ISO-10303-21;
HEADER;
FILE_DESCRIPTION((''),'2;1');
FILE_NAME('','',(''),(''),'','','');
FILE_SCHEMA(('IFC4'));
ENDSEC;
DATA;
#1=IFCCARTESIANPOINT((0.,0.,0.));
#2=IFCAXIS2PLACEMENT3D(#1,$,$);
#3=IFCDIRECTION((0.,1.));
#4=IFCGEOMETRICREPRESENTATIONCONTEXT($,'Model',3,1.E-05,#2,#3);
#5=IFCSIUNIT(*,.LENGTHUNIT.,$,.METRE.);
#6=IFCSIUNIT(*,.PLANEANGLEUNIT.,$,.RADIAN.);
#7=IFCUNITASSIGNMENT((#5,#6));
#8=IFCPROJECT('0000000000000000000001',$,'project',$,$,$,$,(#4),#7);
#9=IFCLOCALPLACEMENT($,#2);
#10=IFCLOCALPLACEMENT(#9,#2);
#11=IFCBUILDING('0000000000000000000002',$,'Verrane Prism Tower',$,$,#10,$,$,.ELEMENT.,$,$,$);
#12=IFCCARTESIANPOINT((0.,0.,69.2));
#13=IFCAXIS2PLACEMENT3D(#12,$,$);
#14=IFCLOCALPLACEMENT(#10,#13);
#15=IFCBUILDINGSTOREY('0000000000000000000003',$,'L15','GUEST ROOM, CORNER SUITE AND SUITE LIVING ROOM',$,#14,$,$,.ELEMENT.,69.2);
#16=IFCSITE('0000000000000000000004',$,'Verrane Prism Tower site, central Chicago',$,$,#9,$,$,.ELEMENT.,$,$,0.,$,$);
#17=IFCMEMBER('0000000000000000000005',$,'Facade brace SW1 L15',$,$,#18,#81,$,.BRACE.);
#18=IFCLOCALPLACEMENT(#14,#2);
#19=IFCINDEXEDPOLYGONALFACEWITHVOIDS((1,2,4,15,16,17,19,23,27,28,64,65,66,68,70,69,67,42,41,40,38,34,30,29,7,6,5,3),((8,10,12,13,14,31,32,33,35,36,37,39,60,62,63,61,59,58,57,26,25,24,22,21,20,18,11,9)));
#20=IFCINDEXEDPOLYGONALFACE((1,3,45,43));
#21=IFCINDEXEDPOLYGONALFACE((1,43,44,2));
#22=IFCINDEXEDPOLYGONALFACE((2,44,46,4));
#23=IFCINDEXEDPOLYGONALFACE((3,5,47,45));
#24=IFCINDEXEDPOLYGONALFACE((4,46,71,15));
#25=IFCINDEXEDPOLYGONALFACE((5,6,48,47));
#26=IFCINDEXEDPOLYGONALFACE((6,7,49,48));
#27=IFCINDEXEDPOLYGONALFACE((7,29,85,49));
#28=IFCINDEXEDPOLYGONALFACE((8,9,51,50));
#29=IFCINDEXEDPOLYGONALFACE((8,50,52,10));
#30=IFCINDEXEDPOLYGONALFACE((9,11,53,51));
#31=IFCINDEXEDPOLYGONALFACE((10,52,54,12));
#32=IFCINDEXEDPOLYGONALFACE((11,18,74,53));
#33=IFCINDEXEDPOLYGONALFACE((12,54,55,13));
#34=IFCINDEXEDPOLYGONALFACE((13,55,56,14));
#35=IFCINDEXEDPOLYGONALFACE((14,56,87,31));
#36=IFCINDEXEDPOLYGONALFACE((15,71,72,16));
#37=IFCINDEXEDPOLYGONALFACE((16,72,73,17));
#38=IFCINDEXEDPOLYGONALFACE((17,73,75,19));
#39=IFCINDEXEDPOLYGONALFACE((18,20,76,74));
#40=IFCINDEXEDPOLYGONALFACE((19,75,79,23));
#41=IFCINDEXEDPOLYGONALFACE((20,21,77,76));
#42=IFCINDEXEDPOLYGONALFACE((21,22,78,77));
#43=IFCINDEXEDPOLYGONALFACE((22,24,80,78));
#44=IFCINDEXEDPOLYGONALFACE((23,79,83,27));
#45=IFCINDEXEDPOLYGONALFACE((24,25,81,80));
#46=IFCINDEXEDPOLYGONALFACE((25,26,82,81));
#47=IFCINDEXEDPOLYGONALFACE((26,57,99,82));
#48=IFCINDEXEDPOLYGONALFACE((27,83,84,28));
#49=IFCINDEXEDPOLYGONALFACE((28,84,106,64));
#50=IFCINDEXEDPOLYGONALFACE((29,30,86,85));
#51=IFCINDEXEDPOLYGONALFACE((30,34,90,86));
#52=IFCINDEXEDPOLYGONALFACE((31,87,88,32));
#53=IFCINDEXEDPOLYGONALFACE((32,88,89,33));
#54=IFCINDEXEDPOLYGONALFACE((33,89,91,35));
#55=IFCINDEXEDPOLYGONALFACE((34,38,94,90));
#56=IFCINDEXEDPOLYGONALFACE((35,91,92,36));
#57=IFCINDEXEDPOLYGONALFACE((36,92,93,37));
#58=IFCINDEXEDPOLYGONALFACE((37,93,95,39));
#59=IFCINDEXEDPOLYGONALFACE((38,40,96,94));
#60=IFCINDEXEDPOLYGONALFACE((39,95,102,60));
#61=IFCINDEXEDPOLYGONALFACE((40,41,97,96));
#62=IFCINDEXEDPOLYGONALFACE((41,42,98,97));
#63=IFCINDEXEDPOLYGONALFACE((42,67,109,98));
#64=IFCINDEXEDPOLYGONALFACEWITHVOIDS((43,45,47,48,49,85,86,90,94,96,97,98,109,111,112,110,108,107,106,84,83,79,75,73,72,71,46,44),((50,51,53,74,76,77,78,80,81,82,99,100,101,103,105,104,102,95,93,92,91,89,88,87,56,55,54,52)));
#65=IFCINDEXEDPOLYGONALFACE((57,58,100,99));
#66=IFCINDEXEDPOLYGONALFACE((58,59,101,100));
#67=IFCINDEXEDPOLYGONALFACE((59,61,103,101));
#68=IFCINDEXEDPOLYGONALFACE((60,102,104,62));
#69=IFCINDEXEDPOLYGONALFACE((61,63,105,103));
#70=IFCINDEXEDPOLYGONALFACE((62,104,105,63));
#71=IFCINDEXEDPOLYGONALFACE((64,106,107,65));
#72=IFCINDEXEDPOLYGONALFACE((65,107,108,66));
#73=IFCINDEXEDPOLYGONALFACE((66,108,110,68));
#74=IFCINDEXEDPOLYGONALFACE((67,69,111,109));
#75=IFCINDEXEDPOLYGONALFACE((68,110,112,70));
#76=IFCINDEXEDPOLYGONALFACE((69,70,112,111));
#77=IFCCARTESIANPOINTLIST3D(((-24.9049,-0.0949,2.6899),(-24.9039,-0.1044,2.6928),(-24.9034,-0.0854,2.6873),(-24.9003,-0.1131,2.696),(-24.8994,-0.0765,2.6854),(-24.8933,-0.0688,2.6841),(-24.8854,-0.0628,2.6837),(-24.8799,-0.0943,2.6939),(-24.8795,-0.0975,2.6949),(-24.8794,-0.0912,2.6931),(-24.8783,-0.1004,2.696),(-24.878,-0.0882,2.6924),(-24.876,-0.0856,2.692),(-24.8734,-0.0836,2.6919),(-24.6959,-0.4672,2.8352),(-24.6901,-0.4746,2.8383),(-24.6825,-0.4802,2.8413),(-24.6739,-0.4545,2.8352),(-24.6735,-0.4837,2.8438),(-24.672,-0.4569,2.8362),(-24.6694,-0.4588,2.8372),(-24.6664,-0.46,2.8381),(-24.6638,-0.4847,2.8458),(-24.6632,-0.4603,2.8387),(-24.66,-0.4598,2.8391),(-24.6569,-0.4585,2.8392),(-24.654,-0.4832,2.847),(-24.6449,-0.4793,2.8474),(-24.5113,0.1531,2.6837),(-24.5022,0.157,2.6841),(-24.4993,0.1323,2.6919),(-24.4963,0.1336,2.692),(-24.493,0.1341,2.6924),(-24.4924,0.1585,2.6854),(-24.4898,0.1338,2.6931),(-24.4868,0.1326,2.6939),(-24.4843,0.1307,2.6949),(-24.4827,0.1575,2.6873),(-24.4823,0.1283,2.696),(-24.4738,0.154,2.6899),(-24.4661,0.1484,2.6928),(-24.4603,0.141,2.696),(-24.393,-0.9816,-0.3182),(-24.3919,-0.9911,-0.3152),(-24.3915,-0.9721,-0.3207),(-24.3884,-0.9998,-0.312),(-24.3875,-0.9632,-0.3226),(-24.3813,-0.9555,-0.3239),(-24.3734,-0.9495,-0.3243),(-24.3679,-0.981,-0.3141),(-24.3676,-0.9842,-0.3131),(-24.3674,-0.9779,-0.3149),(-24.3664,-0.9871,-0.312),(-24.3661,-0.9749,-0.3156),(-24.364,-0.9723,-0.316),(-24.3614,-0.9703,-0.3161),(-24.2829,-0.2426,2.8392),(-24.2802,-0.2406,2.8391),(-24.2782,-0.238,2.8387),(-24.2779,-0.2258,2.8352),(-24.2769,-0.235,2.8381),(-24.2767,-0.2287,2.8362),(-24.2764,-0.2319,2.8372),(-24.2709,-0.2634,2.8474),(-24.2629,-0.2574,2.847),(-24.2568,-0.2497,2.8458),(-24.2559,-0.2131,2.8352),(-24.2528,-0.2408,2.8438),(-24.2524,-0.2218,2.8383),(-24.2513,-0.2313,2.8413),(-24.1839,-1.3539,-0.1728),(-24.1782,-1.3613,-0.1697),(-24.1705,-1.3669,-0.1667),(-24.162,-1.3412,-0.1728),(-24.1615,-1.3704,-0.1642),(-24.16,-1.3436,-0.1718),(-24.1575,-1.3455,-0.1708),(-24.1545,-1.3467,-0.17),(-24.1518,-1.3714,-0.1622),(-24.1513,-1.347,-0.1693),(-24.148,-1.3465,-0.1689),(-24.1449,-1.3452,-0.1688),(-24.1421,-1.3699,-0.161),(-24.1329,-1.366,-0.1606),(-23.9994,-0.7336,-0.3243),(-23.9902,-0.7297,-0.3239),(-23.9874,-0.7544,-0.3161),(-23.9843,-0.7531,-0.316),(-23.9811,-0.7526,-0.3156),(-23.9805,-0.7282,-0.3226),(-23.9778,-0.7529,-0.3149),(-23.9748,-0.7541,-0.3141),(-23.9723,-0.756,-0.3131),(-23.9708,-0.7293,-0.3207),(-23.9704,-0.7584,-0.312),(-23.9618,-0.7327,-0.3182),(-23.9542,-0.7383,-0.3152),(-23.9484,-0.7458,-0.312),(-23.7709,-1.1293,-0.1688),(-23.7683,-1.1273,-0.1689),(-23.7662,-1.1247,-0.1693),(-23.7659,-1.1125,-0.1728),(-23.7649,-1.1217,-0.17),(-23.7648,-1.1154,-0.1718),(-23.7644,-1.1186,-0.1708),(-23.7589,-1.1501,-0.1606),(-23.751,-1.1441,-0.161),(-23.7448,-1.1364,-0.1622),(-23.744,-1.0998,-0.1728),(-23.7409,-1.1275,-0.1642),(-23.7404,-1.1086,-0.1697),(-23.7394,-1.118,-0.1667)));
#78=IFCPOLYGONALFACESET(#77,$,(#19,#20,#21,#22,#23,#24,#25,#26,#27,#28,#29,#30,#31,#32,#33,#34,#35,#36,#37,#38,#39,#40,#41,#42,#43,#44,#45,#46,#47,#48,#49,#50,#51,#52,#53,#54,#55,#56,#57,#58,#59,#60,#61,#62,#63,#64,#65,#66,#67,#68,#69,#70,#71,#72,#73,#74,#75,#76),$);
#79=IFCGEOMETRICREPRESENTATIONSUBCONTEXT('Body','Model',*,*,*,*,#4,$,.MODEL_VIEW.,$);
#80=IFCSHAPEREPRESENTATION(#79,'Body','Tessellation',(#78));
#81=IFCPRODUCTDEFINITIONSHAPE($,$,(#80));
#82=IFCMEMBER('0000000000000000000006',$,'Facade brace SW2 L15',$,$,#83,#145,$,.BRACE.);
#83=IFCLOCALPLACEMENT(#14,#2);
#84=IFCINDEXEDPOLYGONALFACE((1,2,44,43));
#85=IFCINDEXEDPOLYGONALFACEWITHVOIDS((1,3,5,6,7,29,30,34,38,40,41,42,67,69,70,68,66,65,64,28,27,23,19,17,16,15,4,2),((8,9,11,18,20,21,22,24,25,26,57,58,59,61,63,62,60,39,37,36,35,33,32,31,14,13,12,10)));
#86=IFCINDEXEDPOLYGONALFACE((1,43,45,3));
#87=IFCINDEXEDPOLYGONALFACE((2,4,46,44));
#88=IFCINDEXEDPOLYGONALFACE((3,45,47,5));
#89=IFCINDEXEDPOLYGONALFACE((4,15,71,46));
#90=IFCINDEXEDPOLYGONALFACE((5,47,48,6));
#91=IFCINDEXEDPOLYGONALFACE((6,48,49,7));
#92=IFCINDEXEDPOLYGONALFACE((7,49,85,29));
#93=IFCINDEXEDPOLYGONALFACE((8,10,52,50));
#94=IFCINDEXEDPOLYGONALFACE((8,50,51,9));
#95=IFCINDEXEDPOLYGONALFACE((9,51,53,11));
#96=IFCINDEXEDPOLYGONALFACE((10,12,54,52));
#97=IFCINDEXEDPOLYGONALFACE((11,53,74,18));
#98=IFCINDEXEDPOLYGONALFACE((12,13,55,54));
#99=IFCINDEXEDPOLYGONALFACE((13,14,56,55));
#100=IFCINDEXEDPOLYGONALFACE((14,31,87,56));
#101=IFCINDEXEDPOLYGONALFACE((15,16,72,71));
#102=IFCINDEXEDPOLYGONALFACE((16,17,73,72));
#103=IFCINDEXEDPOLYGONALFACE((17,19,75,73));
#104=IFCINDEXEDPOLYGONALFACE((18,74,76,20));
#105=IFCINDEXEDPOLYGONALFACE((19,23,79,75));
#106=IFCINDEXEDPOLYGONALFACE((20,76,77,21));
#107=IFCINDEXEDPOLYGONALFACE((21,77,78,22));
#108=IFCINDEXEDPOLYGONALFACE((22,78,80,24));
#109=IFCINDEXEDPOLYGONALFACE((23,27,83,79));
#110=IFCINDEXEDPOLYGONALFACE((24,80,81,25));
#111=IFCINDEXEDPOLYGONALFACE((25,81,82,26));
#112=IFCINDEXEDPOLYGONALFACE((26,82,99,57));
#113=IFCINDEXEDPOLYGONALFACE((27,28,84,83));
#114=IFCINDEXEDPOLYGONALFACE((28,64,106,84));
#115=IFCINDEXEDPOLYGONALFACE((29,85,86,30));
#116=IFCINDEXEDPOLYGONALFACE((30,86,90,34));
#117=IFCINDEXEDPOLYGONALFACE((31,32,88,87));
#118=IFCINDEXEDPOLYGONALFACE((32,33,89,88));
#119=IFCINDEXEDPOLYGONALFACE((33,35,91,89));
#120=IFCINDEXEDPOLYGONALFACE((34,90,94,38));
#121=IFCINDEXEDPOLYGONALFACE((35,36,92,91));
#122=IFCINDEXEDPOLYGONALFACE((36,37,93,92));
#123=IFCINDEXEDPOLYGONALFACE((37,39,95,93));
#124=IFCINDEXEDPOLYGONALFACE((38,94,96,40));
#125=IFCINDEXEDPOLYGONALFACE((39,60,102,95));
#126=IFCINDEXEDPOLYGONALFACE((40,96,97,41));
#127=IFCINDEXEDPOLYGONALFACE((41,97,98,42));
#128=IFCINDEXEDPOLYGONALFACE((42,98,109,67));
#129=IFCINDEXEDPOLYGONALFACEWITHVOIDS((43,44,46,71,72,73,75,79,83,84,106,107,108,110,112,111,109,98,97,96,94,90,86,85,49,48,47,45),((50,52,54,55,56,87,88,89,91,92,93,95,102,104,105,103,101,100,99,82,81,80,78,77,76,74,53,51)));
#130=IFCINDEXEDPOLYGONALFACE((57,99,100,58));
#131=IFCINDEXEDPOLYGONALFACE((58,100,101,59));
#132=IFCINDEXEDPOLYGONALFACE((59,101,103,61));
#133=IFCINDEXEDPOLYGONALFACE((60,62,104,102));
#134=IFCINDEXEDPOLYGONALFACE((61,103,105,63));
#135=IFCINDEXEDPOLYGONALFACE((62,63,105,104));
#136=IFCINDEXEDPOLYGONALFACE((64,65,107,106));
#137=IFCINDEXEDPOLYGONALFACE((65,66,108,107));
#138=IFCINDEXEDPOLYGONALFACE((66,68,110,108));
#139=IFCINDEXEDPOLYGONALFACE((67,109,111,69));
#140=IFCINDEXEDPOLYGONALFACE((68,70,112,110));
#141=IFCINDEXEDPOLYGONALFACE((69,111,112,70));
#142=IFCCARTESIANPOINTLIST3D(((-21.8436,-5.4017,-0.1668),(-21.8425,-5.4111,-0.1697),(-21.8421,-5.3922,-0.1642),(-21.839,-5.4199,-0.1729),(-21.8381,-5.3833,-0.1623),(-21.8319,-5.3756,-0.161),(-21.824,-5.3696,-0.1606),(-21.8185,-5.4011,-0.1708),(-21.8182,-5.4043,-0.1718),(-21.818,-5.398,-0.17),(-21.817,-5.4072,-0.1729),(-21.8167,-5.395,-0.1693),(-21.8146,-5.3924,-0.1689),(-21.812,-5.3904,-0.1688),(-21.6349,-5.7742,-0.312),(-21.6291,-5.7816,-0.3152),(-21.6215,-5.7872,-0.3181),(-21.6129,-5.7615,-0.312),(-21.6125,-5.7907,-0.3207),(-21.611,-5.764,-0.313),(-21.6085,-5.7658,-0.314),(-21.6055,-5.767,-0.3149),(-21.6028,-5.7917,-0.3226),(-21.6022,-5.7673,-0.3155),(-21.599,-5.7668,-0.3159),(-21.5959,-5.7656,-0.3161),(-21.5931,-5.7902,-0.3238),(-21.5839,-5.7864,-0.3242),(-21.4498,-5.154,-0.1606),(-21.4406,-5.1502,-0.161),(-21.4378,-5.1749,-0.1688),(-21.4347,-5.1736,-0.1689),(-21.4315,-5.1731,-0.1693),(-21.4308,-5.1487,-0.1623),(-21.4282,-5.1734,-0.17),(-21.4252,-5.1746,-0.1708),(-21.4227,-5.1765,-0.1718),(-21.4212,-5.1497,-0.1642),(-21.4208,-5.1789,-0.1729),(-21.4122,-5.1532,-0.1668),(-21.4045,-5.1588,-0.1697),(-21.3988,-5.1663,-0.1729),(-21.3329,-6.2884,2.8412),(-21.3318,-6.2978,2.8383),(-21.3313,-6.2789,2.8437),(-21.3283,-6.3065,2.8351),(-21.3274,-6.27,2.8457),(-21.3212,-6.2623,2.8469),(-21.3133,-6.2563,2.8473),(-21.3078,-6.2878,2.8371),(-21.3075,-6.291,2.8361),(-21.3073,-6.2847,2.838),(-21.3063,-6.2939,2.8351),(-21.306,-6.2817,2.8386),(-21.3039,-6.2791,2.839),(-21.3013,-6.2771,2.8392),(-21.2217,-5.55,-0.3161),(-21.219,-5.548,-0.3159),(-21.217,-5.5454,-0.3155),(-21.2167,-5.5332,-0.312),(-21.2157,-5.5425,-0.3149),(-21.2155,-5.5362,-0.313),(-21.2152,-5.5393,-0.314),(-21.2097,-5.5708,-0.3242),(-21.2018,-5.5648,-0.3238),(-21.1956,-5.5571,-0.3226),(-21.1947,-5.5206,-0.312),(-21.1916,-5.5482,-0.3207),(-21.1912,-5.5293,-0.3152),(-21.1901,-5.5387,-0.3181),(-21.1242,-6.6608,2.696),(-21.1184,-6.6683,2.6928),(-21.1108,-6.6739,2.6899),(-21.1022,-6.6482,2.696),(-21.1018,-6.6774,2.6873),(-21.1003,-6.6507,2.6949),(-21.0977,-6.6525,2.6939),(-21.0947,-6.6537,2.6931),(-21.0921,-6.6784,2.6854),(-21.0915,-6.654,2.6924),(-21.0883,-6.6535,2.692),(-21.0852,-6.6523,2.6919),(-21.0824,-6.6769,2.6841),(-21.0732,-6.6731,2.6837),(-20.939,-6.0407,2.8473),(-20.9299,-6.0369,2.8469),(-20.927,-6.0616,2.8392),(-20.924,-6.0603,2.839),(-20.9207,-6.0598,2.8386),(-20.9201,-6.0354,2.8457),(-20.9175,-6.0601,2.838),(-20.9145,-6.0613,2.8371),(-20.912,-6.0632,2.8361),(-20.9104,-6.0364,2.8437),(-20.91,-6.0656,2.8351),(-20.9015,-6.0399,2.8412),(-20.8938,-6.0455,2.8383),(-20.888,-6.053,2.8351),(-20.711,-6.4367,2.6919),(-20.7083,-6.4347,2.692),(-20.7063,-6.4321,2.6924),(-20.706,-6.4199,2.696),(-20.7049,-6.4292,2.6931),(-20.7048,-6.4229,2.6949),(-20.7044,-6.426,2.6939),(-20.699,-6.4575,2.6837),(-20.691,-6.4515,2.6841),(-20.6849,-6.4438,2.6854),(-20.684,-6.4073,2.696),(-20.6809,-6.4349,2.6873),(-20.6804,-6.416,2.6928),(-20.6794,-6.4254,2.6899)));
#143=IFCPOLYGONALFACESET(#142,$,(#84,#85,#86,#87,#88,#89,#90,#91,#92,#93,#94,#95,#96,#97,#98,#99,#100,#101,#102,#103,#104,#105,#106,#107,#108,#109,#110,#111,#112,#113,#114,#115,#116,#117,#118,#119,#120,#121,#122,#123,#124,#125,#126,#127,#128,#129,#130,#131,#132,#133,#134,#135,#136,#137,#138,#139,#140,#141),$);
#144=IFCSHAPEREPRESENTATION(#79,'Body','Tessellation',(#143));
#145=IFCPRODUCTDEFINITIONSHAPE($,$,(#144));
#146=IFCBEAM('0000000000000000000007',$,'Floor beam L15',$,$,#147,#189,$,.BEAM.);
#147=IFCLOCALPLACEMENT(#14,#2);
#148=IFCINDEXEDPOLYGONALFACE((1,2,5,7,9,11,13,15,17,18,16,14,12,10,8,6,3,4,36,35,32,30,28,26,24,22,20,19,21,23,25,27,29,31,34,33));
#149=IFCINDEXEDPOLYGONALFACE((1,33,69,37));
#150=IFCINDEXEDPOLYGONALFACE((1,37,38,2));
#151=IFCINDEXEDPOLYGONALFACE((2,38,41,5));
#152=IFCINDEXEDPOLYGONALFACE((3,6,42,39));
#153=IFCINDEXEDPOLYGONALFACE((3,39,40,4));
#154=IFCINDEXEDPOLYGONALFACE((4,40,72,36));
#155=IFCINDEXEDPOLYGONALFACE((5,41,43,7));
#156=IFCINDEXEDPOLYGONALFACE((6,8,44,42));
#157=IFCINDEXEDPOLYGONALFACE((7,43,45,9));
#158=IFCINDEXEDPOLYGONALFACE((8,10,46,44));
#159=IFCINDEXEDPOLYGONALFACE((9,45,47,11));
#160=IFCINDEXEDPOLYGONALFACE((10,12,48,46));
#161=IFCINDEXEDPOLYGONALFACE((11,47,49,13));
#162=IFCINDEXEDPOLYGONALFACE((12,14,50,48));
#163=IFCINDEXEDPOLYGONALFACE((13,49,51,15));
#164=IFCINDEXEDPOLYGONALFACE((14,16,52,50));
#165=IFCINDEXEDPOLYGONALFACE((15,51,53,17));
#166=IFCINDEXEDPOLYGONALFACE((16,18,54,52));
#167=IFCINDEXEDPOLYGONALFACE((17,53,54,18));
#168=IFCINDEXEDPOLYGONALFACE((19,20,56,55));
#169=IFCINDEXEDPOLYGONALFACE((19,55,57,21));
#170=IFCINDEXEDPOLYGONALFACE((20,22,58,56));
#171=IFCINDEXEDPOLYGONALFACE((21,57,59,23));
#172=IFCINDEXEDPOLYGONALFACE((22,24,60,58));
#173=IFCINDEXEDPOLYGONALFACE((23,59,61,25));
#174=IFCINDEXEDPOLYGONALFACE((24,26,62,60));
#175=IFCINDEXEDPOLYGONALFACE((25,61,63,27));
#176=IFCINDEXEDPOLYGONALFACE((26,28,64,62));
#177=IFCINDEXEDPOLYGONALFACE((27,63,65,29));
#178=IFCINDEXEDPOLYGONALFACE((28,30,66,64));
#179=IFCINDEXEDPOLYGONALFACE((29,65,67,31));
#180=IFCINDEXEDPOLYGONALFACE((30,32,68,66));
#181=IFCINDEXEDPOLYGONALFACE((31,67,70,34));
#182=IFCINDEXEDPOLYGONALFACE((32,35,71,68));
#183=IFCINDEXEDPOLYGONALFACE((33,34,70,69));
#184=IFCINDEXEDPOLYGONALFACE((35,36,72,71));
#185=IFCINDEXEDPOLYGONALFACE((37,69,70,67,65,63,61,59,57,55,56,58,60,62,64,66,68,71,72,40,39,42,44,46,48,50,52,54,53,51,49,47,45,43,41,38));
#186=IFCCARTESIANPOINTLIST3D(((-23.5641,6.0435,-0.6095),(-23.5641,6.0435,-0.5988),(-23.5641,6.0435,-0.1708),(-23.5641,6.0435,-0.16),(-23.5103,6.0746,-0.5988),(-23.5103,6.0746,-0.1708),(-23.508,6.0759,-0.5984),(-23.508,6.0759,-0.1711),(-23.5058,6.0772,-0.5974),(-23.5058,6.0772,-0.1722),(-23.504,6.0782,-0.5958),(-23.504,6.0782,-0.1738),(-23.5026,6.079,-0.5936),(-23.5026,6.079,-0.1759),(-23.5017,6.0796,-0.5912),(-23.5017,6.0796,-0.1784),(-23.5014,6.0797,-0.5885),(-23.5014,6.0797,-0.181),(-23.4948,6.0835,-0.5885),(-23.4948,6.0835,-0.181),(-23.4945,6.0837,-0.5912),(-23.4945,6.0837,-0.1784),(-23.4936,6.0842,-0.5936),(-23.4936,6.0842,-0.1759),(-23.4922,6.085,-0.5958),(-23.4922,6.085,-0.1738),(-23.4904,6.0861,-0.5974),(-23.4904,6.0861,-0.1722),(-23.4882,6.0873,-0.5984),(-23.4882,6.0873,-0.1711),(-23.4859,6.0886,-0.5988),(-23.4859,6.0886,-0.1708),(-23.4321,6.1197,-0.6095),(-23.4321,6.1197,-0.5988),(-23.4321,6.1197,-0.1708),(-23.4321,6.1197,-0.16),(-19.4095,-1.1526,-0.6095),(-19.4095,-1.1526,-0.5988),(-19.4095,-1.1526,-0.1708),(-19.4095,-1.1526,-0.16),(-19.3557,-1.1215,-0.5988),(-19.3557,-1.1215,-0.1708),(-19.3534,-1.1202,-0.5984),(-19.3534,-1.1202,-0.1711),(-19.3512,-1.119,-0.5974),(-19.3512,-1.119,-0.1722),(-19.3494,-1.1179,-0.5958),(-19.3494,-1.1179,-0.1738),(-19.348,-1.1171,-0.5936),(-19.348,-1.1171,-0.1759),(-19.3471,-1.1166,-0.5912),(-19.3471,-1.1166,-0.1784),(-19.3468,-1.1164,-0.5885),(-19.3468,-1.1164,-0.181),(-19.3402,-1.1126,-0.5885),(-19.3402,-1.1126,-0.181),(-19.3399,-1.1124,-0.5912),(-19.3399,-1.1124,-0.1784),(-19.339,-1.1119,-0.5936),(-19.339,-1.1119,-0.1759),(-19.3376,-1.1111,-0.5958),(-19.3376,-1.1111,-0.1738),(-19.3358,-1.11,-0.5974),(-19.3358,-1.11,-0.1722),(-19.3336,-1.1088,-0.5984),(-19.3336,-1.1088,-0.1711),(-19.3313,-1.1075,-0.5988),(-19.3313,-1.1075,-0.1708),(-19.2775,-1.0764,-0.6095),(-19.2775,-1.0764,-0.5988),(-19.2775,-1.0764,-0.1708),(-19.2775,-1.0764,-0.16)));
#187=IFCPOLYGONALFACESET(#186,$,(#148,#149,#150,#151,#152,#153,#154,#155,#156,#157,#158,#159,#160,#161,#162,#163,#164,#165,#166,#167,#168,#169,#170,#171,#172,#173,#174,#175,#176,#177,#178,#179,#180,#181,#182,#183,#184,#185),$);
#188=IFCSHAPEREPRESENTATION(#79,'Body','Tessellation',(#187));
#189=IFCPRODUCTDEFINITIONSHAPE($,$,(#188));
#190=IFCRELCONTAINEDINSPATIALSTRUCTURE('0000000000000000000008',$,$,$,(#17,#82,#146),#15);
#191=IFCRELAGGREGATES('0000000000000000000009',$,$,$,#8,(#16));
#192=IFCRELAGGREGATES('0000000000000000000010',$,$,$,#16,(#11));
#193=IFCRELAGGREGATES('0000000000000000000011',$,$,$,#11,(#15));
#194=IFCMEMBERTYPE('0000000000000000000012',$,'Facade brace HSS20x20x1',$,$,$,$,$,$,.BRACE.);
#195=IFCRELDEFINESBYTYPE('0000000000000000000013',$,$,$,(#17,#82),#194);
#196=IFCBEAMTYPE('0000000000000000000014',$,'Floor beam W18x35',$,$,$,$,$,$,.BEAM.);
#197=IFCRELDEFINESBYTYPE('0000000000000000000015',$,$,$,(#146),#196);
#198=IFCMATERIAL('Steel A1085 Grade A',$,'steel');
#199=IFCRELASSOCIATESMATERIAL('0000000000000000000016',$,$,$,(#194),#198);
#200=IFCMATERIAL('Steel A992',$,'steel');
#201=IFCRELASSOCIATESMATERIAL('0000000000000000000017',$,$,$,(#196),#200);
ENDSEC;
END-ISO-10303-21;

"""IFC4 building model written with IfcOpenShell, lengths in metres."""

from ifc_helpers import new_model, si_unit, direction, frame, origin, origin_2d, place, context, subcontext, project, spatial, hollow_rectangle, i_section, extrude, material, material_profile, profile_set, type_object, element, save


model = new_model("IFC4")

# Units and contexts
model_context = context("Model", 3, precision=1e-05, world=origin(), true_north=direction((0.0, 1.0)))
body_context = subcontext(model_context, "Body", "Model", "MODEL_VIEW")
ifc_project = project(units=[si_unit("LENGTHUNIT", "METRE"), si_unit("PLANEANGLEUNIT", "RADIAN")], contexts=[model_context])

# Site, building, storey
site_placement = place(None, origin())
site = spatial("IfcSite", under=ifc_project, at=site_placement, Name="Verrane Prism Tower site, central Chicago", CompositionType="ELEMENT", RefElevation=0.0)
building_placement = place(site_placement, origin())
building = spatial("IfcBuilding", under=site, at=building_placement, Name="Verrane Prism Tower", CompositionType="ELEMENT")
storey_placement = place(building_placement, frame((0.0, 0.0, 69.2)))
storey = spatial("IfcBuildingStorey", under=building, at=storey_placement, Name="L15", Description="GUEST ROOM, CORNER SUITE AND SUITE LIVING ROOM", CompositionType="ELEMENT", Elevation=69.2)

# Members
ifc_material_1 = material(Name="Steel A1085 Grade A", Category="steel")
ifc_material_profile_1 = material_profile(ifc_material_1, hollow_rectangle(XDim=0.5081, YDim=0.5081, WallThickness=0.0254, InnerFilletRadius=0.0127, OuterFilletRadius=0.0381, at=origin_2d()), Name="HSS20x20x1")
ifc_profile_set_1 = profile_set([ifc_material_profile_1], Name="Steel A1085 Grade A")
member_type_1 = type_object("IfcMemberType", Name="Facade brace HSS20x20x1", PredefinedType="BRACE", material=ifc_profile_set_1)
member_1_placement = place(storey_placement, frame((-24.0662, -1.0498, -0.2424), z_axis=(-0.161119, 0.279058, 0.946661), x_axis=(-0.866019, -0.500011, 0.0)))
element("IfcMember", 1, at=member_1_placement, inside=storey, type_object=member_type_1, Name="Facade brace SW1 L15", PredefinedType="BRACE", context=body_context, shape_type="SweptSolid", body=[
    extrude(hollow_rectangle(XDim=0.5081, YDim=0.5081, WallThickness=0.0254, InnerFilletRadius=0.0127, OuterFilletRadius=0.0381, at=origin_2d()), origin(), (0.0, 0.0, 1.0), 3.1775),
])
member_2_placement = place(storey_placement, frame((-21.5168, -5.4702, -0.2424), z_axis=(0.160745, -0.279075, 0.94672), x_axis=(0.866535, 0.499116, 0.0)))
element("IfcMember", 2, at=member_2_placement, inside=storey, type_object=member_type_1, Name="Facade brace SW2 L15", PredefinedType="BRACE", context=body_context, shape_type="SweptSolid", body=[
    extrude(hollow_rectangle(XDim=0.5081, YDim=0.5081, WallThickness=0.0254, InnerFilletRadius=0.0127, OuterFilletRadius=0.0381, at=origin_2d()), origin(), (0.0, 0.0, 1.0), 3.1772),
])

# Beam
ifc_material_2 = material(Name="Steel A992", Category="steel")
ifc_material_profile_2 = material_profile(ifc_material_2, i_section(OverallWidth=0.1523, OverallDepth=0.4495, WebThickness=0.0076, FlangeThickness=0.0107, FilletRadius=0.0103, at=origin_2d()), Name="W18x35")
ifc_profile_set_2 = profile_set([ifc_material_profile_2], Name="Steel A992")
beam_type_1 = type_object("IfcBeamType", Name="Floor beam W18x35", PredefinedType="BEAM", material=ifc_profile_set_2)
beam_1_placement = place(storey_placement, frame((-19.3435, -1.1145, -0.3848), z_axis=(-0.499991, 0.86603, 0.0), x_axis=(-0.86603, -0.499991, 0.0)))
element("IfcBeam", 3, at=beam_1_placement, inside=storey, type_object=beam_type_1, Name="Floor beam L15", PredefinedType="BEAM", context=body_context, shape_type="SweptSolid", body=[
    extrude(i_section(OverallWidth=0.1523, OverallDepth=0.4495, WebThickness=0.0076, FlangeThickness=0.0107, FilletRadius=0.0103, at=origin_2d()), origin(), (0.0, 0.0, 1.0), 8.3093),
])

save(model, "model.ifc")
